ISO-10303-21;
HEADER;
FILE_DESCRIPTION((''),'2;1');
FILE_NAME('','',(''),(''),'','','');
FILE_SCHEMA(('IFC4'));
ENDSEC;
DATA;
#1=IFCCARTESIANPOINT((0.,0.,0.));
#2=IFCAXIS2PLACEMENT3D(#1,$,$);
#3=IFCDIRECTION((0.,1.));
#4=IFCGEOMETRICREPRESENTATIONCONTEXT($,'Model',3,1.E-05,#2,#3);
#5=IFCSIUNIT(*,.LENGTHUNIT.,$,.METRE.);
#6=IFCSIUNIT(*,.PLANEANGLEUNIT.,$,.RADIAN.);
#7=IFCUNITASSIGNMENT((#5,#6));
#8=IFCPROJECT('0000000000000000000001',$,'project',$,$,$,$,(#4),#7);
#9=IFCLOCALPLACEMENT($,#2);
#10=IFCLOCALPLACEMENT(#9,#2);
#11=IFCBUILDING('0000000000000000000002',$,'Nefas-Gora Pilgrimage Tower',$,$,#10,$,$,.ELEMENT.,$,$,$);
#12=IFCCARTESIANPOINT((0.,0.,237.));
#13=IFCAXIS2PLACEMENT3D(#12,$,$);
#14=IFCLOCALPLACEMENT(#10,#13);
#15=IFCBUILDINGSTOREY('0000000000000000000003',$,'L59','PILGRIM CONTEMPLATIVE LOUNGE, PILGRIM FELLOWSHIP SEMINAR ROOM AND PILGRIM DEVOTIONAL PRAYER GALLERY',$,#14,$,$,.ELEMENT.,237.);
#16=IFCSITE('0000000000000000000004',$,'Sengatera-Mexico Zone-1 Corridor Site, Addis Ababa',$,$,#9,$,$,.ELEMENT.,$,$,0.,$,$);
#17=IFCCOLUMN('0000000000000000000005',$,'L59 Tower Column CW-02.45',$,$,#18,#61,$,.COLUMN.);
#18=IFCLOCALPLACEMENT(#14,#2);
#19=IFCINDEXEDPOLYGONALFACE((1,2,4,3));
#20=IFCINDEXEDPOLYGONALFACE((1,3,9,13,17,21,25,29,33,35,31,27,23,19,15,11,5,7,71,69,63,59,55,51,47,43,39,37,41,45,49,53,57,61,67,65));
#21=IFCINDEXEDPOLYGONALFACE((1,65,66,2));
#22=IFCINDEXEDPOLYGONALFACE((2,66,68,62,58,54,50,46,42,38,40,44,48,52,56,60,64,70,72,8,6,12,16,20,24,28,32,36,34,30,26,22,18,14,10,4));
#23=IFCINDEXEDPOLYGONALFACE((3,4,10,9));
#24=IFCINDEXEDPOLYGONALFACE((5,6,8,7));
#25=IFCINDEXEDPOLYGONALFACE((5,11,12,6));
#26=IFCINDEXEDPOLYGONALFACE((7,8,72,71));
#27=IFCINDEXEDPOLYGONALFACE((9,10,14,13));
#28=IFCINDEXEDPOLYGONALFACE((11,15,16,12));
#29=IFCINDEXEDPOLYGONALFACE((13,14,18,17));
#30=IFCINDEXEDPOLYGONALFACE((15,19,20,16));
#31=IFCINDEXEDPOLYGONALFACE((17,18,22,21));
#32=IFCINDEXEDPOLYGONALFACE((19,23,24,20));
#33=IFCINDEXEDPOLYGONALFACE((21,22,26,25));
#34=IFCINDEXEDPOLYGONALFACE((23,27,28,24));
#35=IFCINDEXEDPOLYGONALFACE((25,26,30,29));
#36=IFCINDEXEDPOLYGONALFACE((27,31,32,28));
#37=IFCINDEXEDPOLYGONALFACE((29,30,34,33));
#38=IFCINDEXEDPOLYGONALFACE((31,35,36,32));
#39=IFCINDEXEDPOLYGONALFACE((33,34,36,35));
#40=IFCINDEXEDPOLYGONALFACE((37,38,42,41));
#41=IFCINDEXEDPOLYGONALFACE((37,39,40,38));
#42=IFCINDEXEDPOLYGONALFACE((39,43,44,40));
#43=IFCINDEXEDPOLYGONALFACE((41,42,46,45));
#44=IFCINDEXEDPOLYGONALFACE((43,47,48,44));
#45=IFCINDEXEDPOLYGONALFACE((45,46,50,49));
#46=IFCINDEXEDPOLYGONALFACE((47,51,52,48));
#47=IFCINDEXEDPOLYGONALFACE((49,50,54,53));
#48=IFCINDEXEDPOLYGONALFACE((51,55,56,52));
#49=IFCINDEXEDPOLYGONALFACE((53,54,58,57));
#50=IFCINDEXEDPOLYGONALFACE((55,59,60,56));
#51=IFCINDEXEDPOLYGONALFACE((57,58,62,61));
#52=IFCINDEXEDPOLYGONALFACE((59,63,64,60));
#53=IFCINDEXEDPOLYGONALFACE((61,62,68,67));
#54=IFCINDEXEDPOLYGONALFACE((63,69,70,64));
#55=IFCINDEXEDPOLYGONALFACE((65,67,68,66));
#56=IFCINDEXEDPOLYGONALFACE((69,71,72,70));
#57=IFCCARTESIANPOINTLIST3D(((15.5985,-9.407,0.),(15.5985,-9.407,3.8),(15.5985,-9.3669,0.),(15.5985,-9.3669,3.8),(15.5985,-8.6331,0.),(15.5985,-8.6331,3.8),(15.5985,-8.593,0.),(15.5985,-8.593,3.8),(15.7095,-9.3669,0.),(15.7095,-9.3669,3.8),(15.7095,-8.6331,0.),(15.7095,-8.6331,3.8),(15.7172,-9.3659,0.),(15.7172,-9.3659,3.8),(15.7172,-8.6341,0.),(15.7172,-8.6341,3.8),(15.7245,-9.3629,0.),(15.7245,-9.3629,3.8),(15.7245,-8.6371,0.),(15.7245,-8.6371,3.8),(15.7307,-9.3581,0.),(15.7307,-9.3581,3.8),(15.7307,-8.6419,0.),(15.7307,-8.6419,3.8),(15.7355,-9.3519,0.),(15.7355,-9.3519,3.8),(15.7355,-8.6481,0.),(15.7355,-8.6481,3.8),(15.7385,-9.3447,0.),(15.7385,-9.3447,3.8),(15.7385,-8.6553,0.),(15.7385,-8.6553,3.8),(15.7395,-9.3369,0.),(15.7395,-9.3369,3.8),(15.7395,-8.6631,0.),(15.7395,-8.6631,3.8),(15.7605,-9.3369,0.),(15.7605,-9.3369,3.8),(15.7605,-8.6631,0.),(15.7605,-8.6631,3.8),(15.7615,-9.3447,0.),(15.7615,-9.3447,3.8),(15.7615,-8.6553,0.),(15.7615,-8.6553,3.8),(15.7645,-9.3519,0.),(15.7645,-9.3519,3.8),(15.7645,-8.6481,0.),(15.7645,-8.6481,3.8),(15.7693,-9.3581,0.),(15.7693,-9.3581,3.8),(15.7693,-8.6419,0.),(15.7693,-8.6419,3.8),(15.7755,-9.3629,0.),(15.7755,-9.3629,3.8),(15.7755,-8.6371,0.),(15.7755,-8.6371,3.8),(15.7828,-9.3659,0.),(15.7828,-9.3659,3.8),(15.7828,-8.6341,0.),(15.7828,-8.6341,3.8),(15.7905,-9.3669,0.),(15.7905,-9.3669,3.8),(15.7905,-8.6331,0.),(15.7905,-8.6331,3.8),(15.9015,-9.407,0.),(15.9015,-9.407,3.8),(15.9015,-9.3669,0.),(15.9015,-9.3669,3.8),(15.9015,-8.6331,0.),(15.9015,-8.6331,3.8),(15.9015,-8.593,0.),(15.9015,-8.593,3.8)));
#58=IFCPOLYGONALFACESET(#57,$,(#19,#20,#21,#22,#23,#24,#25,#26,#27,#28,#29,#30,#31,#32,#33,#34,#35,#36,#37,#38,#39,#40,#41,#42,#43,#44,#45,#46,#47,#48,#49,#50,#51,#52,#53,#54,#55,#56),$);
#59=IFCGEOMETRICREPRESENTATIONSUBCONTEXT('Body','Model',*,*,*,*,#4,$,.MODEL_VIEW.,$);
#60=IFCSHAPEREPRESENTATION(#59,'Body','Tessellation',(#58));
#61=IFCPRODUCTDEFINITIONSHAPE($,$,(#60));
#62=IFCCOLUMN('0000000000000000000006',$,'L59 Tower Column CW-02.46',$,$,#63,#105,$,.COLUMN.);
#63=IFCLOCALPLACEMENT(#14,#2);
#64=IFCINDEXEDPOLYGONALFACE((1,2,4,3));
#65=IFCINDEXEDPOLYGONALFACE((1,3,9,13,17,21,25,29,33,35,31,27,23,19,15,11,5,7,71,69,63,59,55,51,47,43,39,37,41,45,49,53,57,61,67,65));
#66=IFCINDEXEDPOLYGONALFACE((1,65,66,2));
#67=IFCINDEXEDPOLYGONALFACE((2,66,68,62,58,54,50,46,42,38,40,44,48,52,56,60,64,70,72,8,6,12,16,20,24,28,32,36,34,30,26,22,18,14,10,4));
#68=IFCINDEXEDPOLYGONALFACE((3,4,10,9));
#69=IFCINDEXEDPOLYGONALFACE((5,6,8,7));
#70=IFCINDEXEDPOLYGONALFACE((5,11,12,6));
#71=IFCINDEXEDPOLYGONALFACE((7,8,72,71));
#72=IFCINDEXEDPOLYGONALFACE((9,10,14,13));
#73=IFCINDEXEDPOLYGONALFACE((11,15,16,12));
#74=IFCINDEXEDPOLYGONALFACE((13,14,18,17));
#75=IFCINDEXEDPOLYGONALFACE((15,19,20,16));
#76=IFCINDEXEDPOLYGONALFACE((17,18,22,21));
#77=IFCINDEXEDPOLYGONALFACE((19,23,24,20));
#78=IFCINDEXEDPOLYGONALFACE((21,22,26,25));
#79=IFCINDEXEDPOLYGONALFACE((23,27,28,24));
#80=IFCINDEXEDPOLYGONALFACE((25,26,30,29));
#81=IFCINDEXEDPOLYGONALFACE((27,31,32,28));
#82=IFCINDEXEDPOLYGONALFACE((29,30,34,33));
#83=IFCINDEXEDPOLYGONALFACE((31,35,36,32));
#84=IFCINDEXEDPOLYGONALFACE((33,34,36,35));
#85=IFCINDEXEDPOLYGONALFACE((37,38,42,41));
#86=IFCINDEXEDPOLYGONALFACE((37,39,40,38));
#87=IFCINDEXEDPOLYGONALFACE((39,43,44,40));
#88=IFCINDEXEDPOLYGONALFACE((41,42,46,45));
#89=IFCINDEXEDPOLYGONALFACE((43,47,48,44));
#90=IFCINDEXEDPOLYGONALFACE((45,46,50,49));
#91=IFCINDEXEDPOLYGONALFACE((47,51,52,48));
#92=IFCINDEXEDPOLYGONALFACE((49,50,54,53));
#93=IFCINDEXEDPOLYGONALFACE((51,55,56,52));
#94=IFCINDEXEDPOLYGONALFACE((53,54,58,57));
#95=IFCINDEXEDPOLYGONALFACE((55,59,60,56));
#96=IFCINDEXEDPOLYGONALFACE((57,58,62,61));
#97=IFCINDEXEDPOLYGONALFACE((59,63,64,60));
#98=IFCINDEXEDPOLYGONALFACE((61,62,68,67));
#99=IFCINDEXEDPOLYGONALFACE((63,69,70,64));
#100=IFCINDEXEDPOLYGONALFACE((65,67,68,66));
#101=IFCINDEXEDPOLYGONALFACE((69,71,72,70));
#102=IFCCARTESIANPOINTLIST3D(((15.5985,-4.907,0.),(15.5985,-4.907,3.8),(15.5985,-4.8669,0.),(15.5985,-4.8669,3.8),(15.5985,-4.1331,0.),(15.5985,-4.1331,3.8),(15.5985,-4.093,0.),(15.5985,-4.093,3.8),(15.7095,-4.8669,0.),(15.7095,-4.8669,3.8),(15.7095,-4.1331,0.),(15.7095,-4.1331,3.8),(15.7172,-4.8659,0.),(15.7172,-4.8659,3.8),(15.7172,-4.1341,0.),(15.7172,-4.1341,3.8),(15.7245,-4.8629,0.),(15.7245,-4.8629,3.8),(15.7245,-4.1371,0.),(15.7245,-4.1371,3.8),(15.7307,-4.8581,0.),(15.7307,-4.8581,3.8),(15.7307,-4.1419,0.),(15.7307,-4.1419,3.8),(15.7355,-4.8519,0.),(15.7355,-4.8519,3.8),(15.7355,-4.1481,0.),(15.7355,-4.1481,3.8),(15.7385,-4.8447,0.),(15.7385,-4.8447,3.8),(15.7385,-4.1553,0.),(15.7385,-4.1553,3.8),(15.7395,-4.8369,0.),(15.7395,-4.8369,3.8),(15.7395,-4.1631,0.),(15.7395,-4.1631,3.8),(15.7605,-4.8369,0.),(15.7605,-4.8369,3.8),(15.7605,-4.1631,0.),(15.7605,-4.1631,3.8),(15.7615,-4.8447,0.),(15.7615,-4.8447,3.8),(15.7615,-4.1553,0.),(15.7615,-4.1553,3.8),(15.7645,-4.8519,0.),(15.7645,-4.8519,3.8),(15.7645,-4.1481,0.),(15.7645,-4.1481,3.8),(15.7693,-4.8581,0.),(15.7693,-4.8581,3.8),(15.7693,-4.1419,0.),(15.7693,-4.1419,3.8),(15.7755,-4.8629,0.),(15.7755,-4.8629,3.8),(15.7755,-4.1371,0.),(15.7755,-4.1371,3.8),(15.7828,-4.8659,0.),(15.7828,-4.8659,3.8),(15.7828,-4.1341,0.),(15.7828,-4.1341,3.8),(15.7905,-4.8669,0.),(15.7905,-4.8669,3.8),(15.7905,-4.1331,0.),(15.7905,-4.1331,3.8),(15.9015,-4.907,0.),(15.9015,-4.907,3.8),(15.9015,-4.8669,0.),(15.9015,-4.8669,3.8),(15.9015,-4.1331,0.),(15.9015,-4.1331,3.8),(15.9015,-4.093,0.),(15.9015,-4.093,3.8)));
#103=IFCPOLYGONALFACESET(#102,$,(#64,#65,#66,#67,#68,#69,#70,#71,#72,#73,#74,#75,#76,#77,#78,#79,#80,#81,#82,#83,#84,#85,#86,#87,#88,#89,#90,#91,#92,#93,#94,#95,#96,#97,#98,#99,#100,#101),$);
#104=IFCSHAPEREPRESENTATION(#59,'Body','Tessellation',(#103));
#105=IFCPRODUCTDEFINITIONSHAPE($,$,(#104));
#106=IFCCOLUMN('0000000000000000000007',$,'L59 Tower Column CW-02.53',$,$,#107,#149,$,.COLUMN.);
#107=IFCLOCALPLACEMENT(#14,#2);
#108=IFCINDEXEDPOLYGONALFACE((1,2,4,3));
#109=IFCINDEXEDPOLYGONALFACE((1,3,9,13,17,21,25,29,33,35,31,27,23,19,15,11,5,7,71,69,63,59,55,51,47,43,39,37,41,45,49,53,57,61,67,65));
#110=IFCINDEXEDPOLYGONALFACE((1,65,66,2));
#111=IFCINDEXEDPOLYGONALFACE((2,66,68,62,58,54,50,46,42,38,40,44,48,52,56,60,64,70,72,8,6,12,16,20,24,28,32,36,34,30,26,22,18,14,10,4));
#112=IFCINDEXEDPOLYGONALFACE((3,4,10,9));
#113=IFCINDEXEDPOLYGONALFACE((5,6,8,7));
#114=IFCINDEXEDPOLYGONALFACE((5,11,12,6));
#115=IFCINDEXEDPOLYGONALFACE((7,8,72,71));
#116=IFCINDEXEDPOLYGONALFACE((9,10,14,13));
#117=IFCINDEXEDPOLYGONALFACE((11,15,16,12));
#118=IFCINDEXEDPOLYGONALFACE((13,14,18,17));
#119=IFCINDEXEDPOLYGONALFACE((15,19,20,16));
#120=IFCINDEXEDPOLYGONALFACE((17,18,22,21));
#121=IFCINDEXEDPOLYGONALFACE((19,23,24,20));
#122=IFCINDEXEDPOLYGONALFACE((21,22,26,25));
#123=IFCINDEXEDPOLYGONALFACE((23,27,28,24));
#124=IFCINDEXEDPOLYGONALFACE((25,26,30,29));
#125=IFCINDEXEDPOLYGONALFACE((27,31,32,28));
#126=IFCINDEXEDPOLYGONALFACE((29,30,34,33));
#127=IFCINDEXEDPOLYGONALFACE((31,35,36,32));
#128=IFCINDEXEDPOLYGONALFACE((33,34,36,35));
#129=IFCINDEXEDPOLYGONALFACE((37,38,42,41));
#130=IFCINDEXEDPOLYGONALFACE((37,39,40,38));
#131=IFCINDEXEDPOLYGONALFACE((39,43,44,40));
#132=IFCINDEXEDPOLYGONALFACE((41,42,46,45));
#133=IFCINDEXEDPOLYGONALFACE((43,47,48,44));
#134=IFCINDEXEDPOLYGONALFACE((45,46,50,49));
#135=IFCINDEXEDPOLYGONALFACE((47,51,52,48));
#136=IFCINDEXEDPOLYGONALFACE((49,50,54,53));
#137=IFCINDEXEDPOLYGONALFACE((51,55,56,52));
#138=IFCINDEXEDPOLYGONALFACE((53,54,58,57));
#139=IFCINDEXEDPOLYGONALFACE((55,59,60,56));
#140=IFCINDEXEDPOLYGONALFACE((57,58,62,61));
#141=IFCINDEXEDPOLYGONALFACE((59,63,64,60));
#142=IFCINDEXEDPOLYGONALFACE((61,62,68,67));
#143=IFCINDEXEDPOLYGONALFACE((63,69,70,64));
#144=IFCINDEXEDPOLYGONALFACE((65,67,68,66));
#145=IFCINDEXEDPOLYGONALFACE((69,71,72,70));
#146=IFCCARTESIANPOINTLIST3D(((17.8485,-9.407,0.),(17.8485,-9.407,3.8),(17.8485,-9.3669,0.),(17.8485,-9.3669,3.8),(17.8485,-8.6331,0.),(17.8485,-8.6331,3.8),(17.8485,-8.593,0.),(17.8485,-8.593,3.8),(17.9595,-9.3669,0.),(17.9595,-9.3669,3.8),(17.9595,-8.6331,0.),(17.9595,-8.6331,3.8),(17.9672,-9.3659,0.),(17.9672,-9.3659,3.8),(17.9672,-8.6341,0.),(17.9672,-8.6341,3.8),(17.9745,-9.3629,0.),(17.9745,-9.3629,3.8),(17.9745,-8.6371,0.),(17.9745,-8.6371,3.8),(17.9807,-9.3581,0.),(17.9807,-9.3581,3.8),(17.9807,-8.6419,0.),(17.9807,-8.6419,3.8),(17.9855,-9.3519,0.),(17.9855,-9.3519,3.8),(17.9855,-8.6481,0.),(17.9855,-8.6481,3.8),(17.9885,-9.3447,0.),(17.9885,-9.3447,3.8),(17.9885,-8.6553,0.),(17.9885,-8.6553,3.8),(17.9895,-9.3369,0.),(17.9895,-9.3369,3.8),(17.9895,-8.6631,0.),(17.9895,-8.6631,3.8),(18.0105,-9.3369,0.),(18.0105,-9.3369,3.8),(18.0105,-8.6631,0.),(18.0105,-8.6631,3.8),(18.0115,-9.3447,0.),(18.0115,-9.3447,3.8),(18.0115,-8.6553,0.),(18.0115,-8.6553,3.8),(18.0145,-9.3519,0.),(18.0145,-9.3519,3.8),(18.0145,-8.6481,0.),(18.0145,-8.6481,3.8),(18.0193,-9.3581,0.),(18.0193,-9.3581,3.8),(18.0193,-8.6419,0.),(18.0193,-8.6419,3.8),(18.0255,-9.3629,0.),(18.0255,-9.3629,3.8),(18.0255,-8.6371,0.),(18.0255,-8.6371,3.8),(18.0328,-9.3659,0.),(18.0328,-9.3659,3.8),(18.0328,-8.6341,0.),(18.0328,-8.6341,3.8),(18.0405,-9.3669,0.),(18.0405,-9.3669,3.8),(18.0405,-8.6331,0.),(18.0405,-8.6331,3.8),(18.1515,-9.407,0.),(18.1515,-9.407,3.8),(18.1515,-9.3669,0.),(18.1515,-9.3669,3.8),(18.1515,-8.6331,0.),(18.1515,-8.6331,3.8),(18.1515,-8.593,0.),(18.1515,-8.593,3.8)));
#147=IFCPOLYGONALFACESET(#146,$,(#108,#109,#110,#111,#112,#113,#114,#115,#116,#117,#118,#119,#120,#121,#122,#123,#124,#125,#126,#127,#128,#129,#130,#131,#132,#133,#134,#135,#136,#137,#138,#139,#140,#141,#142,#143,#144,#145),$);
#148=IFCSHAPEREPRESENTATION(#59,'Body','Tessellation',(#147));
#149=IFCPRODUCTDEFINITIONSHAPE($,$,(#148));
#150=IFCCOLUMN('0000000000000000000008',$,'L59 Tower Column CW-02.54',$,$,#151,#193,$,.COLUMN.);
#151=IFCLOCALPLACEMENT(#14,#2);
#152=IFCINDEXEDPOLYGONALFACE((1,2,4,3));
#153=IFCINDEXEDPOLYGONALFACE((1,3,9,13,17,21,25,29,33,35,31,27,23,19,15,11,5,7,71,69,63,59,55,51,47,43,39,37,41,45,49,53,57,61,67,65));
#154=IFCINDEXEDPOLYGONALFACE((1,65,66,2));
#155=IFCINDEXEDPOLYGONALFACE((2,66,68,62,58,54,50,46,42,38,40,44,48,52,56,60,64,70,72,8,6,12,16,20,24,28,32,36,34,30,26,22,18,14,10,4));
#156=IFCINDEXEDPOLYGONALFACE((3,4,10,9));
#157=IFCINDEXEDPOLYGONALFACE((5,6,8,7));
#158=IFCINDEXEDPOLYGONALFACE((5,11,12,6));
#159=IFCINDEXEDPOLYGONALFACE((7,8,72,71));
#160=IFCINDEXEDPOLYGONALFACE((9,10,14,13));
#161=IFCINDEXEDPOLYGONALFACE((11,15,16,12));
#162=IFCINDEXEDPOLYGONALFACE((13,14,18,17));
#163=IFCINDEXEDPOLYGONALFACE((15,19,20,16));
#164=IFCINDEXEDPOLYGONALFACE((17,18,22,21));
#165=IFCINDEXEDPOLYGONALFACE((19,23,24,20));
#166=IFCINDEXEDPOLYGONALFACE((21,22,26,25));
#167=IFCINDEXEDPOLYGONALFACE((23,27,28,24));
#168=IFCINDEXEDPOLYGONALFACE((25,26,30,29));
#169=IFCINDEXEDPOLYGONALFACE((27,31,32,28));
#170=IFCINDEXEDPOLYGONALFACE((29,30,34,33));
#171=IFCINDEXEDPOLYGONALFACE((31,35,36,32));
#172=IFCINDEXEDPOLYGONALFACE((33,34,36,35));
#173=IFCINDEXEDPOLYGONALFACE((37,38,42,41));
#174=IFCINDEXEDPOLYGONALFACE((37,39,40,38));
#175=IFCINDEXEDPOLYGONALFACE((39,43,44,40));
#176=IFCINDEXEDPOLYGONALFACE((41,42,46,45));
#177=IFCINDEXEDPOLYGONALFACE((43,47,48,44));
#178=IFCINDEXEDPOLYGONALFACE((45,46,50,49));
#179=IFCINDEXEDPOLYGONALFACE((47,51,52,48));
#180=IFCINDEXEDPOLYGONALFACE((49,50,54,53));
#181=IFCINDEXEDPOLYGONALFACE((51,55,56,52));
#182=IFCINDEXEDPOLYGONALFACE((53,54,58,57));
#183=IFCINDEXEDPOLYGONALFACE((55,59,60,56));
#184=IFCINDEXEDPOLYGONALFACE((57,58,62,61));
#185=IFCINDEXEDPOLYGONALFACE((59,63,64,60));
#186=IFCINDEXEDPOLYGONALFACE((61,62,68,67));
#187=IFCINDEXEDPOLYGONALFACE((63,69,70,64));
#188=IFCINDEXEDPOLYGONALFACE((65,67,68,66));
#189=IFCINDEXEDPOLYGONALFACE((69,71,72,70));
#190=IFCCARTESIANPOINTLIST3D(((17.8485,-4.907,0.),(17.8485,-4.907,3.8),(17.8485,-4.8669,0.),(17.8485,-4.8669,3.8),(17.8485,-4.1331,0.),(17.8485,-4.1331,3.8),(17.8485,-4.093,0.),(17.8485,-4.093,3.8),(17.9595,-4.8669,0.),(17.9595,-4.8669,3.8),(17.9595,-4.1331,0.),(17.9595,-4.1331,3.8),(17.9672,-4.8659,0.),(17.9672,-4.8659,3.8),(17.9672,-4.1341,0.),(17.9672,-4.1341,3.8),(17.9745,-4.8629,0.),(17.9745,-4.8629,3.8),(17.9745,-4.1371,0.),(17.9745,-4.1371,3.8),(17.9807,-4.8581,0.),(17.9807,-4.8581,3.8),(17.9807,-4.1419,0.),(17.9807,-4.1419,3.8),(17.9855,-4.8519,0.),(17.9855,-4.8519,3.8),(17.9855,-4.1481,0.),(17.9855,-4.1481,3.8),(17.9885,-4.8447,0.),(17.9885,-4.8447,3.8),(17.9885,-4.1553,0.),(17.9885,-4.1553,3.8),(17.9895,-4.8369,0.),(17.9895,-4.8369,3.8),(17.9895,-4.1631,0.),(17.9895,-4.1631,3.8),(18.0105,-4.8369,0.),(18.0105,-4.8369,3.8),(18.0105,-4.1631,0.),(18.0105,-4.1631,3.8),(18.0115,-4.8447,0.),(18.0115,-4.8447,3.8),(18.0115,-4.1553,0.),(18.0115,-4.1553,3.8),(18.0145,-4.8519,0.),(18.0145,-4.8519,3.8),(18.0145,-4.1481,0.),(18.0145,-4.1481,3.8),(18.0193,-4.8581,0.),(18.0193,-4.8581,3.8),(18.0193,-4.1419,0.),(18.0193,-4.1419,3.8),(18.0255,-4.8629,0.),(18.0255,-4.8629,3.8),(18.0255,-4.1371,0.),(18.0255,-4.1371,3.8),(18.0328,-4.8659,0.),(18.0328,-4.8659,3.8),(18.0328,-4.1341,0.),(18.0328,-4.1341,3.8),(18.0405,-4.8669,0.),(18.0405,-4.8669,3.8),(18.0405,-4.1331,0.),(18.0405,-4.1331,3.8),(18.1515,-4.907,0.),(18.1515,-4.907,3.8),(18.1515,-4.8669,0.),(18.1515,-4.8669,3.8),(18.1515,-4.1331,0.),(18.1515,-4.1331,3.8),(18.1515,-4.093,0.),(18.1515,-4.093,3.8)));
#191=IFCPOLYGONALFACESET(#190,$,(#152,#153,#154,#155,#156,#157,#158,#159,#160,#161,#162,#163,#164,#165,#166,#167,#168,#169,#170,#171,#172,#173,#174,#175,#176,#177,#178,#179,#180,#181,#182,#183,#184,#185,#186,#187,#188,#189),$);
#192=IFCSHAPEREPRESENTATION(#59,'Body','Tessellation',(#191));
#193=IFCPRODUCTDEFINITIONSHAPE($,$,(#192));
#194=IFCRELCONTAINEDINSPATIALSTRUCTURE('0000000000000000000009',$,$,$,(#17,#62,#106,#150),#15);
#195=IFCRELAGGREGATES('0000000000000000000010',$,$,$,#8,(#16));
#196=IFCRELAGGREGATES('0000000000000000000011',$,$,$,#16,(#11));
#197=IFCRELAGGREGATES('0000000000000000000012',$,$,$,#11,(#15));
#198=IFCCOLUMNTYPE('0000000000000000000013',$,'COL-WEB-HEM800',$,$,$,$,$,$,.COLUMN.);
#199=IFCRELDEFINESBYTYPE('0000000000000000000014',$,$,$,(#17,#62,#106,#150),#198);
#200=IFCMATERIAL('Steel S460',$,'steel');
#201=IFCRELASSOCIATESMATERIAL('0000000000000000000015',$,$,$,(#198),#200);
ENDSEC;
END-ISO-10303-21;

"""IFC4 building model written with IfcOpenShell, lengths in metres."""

from ifc_helpers import new_model, si_unit, direction, frame, origin, origin_2d, place, context, subcontext, project, spatial, i_section, extrude, source, transform, mapped, material, material_profile, profile_set, type_object, element, save


model = new_model("IFC4")

# Units and contexts
model_context = context("Model", 3, precision=1e-05, world=origin(), true_north=direction((0.0, 1.0)))
body_context = subcontext(model_context, "Body", "Model", "MODEL_VIEW")
ifc_project = project(units=[si_unit("LENGTHUNIT", "METRE"), si_unit("PLANEANGLEUNIT", "RADIAN")], contexts=[model_context])

# Site, building, storey
site_placement = place(None, origin())
site = spatial("IfcSite", under=ifc_project, at=site_placement, Name="Sengatera-Mexico Zone-1 Corridor Site, Addis Ababa", CompositionType="ELEMENT", RefElevation=0.0)
building_placement = place(site_placement, origin())
building = spatial("IfcBuilding", under=site, at=building_placement, Name="Nefas-Gora Pilgrimage Tower", CompositionType="ELEMENT")
storey_placement = place(building_placement, frame((0.0, 0.0, 237.0)))
storey = spatial("IfcBuildingStorey", under=building, at=storey_placement, Name="L59", Description="PILGRIM CONTEMPLATIVE LOUNGE, PILGRIM FELLOWSHIP SEMINAR ROOM AND PILGRIM DEVOTIONAL PRAYER GALLERY", CompositionType="ELEMENT", Elevation=237.0)

# Columns
ifc_material_1 = material(Name="Steel S460", Category="steel")
ifc_material_profile_1 = material_profile(ifc_material_1, i_section(OverallWidth=0.303, OverallDepth=0.814, WebThickness=0.021, FlangeThickness=0.04, FilletRadius=0.03, at=origin_2d()), Name="HEM 800")
ifc_profile_set_1 = profile_set([ifc_material_profile_1], Name="Steel S460")
column_type_1 = type_object("IfcColumnType", Name="COL-WEB-HEM800", PredefinedType="COLUMN", material=ifc_profile_set_1)
shared_shape_1 = source(origin(), body_context, "Body", "SweptSolid", [
    extrude(i_section(OverallWidth=0.303, OverallDepth=0.814, WebThickness=0.021, FlangeThickness=0.04, FilletRadius=0.03, at=origin_2d()), origin(), (0.0, 0.0, 1.0), 3.8),
])
for number, where, z_axis, x_axis, name in (
    (1, (15.75, -9.0, 0.0), (0.0, 0.0, 1.0), (1.0, 0.0, 0.0), "L59 Tower Column CW-02.45"),
    (2, (15.75, -4.5, 0.0), (0.0, 0.0, 1.0), (1.0, 0.0, 0.0), "L59 Tower Column CW-02.46"),
    (3, (18.0, -9.0, 0.0), (0.0, 0.0, 1.0), (1.0, 0.0, 0.0), "L59 Tower Column CW-02.53"),
    (4, (18.0, -4.5, 0.0), (0.0, 0.0, 1.0), (1.0, 0.0, 0.0), "L59 Tower Column CW-02.54"),
):
    element("IfcColumn", number, at=place(storey_placement, frame(where, z_axis=z_axis, x_axis=x_axis)), inside=storey, type_object=column_type_1, Name=name, PredefinedType="COLUMN", context=body_context, shape_type="MappedRepresentation", body=[
        mapped(shared_shape_1, transform((0.0, 0.0, 0.0), x_axis=(1.0, 0.0, 0.0), y_axis=(0.0, 1.0, 0.0), z_axis=(0.0, 0.0, 1.0), scale=1.0)),
    ])

save(model, "model.ifc")
